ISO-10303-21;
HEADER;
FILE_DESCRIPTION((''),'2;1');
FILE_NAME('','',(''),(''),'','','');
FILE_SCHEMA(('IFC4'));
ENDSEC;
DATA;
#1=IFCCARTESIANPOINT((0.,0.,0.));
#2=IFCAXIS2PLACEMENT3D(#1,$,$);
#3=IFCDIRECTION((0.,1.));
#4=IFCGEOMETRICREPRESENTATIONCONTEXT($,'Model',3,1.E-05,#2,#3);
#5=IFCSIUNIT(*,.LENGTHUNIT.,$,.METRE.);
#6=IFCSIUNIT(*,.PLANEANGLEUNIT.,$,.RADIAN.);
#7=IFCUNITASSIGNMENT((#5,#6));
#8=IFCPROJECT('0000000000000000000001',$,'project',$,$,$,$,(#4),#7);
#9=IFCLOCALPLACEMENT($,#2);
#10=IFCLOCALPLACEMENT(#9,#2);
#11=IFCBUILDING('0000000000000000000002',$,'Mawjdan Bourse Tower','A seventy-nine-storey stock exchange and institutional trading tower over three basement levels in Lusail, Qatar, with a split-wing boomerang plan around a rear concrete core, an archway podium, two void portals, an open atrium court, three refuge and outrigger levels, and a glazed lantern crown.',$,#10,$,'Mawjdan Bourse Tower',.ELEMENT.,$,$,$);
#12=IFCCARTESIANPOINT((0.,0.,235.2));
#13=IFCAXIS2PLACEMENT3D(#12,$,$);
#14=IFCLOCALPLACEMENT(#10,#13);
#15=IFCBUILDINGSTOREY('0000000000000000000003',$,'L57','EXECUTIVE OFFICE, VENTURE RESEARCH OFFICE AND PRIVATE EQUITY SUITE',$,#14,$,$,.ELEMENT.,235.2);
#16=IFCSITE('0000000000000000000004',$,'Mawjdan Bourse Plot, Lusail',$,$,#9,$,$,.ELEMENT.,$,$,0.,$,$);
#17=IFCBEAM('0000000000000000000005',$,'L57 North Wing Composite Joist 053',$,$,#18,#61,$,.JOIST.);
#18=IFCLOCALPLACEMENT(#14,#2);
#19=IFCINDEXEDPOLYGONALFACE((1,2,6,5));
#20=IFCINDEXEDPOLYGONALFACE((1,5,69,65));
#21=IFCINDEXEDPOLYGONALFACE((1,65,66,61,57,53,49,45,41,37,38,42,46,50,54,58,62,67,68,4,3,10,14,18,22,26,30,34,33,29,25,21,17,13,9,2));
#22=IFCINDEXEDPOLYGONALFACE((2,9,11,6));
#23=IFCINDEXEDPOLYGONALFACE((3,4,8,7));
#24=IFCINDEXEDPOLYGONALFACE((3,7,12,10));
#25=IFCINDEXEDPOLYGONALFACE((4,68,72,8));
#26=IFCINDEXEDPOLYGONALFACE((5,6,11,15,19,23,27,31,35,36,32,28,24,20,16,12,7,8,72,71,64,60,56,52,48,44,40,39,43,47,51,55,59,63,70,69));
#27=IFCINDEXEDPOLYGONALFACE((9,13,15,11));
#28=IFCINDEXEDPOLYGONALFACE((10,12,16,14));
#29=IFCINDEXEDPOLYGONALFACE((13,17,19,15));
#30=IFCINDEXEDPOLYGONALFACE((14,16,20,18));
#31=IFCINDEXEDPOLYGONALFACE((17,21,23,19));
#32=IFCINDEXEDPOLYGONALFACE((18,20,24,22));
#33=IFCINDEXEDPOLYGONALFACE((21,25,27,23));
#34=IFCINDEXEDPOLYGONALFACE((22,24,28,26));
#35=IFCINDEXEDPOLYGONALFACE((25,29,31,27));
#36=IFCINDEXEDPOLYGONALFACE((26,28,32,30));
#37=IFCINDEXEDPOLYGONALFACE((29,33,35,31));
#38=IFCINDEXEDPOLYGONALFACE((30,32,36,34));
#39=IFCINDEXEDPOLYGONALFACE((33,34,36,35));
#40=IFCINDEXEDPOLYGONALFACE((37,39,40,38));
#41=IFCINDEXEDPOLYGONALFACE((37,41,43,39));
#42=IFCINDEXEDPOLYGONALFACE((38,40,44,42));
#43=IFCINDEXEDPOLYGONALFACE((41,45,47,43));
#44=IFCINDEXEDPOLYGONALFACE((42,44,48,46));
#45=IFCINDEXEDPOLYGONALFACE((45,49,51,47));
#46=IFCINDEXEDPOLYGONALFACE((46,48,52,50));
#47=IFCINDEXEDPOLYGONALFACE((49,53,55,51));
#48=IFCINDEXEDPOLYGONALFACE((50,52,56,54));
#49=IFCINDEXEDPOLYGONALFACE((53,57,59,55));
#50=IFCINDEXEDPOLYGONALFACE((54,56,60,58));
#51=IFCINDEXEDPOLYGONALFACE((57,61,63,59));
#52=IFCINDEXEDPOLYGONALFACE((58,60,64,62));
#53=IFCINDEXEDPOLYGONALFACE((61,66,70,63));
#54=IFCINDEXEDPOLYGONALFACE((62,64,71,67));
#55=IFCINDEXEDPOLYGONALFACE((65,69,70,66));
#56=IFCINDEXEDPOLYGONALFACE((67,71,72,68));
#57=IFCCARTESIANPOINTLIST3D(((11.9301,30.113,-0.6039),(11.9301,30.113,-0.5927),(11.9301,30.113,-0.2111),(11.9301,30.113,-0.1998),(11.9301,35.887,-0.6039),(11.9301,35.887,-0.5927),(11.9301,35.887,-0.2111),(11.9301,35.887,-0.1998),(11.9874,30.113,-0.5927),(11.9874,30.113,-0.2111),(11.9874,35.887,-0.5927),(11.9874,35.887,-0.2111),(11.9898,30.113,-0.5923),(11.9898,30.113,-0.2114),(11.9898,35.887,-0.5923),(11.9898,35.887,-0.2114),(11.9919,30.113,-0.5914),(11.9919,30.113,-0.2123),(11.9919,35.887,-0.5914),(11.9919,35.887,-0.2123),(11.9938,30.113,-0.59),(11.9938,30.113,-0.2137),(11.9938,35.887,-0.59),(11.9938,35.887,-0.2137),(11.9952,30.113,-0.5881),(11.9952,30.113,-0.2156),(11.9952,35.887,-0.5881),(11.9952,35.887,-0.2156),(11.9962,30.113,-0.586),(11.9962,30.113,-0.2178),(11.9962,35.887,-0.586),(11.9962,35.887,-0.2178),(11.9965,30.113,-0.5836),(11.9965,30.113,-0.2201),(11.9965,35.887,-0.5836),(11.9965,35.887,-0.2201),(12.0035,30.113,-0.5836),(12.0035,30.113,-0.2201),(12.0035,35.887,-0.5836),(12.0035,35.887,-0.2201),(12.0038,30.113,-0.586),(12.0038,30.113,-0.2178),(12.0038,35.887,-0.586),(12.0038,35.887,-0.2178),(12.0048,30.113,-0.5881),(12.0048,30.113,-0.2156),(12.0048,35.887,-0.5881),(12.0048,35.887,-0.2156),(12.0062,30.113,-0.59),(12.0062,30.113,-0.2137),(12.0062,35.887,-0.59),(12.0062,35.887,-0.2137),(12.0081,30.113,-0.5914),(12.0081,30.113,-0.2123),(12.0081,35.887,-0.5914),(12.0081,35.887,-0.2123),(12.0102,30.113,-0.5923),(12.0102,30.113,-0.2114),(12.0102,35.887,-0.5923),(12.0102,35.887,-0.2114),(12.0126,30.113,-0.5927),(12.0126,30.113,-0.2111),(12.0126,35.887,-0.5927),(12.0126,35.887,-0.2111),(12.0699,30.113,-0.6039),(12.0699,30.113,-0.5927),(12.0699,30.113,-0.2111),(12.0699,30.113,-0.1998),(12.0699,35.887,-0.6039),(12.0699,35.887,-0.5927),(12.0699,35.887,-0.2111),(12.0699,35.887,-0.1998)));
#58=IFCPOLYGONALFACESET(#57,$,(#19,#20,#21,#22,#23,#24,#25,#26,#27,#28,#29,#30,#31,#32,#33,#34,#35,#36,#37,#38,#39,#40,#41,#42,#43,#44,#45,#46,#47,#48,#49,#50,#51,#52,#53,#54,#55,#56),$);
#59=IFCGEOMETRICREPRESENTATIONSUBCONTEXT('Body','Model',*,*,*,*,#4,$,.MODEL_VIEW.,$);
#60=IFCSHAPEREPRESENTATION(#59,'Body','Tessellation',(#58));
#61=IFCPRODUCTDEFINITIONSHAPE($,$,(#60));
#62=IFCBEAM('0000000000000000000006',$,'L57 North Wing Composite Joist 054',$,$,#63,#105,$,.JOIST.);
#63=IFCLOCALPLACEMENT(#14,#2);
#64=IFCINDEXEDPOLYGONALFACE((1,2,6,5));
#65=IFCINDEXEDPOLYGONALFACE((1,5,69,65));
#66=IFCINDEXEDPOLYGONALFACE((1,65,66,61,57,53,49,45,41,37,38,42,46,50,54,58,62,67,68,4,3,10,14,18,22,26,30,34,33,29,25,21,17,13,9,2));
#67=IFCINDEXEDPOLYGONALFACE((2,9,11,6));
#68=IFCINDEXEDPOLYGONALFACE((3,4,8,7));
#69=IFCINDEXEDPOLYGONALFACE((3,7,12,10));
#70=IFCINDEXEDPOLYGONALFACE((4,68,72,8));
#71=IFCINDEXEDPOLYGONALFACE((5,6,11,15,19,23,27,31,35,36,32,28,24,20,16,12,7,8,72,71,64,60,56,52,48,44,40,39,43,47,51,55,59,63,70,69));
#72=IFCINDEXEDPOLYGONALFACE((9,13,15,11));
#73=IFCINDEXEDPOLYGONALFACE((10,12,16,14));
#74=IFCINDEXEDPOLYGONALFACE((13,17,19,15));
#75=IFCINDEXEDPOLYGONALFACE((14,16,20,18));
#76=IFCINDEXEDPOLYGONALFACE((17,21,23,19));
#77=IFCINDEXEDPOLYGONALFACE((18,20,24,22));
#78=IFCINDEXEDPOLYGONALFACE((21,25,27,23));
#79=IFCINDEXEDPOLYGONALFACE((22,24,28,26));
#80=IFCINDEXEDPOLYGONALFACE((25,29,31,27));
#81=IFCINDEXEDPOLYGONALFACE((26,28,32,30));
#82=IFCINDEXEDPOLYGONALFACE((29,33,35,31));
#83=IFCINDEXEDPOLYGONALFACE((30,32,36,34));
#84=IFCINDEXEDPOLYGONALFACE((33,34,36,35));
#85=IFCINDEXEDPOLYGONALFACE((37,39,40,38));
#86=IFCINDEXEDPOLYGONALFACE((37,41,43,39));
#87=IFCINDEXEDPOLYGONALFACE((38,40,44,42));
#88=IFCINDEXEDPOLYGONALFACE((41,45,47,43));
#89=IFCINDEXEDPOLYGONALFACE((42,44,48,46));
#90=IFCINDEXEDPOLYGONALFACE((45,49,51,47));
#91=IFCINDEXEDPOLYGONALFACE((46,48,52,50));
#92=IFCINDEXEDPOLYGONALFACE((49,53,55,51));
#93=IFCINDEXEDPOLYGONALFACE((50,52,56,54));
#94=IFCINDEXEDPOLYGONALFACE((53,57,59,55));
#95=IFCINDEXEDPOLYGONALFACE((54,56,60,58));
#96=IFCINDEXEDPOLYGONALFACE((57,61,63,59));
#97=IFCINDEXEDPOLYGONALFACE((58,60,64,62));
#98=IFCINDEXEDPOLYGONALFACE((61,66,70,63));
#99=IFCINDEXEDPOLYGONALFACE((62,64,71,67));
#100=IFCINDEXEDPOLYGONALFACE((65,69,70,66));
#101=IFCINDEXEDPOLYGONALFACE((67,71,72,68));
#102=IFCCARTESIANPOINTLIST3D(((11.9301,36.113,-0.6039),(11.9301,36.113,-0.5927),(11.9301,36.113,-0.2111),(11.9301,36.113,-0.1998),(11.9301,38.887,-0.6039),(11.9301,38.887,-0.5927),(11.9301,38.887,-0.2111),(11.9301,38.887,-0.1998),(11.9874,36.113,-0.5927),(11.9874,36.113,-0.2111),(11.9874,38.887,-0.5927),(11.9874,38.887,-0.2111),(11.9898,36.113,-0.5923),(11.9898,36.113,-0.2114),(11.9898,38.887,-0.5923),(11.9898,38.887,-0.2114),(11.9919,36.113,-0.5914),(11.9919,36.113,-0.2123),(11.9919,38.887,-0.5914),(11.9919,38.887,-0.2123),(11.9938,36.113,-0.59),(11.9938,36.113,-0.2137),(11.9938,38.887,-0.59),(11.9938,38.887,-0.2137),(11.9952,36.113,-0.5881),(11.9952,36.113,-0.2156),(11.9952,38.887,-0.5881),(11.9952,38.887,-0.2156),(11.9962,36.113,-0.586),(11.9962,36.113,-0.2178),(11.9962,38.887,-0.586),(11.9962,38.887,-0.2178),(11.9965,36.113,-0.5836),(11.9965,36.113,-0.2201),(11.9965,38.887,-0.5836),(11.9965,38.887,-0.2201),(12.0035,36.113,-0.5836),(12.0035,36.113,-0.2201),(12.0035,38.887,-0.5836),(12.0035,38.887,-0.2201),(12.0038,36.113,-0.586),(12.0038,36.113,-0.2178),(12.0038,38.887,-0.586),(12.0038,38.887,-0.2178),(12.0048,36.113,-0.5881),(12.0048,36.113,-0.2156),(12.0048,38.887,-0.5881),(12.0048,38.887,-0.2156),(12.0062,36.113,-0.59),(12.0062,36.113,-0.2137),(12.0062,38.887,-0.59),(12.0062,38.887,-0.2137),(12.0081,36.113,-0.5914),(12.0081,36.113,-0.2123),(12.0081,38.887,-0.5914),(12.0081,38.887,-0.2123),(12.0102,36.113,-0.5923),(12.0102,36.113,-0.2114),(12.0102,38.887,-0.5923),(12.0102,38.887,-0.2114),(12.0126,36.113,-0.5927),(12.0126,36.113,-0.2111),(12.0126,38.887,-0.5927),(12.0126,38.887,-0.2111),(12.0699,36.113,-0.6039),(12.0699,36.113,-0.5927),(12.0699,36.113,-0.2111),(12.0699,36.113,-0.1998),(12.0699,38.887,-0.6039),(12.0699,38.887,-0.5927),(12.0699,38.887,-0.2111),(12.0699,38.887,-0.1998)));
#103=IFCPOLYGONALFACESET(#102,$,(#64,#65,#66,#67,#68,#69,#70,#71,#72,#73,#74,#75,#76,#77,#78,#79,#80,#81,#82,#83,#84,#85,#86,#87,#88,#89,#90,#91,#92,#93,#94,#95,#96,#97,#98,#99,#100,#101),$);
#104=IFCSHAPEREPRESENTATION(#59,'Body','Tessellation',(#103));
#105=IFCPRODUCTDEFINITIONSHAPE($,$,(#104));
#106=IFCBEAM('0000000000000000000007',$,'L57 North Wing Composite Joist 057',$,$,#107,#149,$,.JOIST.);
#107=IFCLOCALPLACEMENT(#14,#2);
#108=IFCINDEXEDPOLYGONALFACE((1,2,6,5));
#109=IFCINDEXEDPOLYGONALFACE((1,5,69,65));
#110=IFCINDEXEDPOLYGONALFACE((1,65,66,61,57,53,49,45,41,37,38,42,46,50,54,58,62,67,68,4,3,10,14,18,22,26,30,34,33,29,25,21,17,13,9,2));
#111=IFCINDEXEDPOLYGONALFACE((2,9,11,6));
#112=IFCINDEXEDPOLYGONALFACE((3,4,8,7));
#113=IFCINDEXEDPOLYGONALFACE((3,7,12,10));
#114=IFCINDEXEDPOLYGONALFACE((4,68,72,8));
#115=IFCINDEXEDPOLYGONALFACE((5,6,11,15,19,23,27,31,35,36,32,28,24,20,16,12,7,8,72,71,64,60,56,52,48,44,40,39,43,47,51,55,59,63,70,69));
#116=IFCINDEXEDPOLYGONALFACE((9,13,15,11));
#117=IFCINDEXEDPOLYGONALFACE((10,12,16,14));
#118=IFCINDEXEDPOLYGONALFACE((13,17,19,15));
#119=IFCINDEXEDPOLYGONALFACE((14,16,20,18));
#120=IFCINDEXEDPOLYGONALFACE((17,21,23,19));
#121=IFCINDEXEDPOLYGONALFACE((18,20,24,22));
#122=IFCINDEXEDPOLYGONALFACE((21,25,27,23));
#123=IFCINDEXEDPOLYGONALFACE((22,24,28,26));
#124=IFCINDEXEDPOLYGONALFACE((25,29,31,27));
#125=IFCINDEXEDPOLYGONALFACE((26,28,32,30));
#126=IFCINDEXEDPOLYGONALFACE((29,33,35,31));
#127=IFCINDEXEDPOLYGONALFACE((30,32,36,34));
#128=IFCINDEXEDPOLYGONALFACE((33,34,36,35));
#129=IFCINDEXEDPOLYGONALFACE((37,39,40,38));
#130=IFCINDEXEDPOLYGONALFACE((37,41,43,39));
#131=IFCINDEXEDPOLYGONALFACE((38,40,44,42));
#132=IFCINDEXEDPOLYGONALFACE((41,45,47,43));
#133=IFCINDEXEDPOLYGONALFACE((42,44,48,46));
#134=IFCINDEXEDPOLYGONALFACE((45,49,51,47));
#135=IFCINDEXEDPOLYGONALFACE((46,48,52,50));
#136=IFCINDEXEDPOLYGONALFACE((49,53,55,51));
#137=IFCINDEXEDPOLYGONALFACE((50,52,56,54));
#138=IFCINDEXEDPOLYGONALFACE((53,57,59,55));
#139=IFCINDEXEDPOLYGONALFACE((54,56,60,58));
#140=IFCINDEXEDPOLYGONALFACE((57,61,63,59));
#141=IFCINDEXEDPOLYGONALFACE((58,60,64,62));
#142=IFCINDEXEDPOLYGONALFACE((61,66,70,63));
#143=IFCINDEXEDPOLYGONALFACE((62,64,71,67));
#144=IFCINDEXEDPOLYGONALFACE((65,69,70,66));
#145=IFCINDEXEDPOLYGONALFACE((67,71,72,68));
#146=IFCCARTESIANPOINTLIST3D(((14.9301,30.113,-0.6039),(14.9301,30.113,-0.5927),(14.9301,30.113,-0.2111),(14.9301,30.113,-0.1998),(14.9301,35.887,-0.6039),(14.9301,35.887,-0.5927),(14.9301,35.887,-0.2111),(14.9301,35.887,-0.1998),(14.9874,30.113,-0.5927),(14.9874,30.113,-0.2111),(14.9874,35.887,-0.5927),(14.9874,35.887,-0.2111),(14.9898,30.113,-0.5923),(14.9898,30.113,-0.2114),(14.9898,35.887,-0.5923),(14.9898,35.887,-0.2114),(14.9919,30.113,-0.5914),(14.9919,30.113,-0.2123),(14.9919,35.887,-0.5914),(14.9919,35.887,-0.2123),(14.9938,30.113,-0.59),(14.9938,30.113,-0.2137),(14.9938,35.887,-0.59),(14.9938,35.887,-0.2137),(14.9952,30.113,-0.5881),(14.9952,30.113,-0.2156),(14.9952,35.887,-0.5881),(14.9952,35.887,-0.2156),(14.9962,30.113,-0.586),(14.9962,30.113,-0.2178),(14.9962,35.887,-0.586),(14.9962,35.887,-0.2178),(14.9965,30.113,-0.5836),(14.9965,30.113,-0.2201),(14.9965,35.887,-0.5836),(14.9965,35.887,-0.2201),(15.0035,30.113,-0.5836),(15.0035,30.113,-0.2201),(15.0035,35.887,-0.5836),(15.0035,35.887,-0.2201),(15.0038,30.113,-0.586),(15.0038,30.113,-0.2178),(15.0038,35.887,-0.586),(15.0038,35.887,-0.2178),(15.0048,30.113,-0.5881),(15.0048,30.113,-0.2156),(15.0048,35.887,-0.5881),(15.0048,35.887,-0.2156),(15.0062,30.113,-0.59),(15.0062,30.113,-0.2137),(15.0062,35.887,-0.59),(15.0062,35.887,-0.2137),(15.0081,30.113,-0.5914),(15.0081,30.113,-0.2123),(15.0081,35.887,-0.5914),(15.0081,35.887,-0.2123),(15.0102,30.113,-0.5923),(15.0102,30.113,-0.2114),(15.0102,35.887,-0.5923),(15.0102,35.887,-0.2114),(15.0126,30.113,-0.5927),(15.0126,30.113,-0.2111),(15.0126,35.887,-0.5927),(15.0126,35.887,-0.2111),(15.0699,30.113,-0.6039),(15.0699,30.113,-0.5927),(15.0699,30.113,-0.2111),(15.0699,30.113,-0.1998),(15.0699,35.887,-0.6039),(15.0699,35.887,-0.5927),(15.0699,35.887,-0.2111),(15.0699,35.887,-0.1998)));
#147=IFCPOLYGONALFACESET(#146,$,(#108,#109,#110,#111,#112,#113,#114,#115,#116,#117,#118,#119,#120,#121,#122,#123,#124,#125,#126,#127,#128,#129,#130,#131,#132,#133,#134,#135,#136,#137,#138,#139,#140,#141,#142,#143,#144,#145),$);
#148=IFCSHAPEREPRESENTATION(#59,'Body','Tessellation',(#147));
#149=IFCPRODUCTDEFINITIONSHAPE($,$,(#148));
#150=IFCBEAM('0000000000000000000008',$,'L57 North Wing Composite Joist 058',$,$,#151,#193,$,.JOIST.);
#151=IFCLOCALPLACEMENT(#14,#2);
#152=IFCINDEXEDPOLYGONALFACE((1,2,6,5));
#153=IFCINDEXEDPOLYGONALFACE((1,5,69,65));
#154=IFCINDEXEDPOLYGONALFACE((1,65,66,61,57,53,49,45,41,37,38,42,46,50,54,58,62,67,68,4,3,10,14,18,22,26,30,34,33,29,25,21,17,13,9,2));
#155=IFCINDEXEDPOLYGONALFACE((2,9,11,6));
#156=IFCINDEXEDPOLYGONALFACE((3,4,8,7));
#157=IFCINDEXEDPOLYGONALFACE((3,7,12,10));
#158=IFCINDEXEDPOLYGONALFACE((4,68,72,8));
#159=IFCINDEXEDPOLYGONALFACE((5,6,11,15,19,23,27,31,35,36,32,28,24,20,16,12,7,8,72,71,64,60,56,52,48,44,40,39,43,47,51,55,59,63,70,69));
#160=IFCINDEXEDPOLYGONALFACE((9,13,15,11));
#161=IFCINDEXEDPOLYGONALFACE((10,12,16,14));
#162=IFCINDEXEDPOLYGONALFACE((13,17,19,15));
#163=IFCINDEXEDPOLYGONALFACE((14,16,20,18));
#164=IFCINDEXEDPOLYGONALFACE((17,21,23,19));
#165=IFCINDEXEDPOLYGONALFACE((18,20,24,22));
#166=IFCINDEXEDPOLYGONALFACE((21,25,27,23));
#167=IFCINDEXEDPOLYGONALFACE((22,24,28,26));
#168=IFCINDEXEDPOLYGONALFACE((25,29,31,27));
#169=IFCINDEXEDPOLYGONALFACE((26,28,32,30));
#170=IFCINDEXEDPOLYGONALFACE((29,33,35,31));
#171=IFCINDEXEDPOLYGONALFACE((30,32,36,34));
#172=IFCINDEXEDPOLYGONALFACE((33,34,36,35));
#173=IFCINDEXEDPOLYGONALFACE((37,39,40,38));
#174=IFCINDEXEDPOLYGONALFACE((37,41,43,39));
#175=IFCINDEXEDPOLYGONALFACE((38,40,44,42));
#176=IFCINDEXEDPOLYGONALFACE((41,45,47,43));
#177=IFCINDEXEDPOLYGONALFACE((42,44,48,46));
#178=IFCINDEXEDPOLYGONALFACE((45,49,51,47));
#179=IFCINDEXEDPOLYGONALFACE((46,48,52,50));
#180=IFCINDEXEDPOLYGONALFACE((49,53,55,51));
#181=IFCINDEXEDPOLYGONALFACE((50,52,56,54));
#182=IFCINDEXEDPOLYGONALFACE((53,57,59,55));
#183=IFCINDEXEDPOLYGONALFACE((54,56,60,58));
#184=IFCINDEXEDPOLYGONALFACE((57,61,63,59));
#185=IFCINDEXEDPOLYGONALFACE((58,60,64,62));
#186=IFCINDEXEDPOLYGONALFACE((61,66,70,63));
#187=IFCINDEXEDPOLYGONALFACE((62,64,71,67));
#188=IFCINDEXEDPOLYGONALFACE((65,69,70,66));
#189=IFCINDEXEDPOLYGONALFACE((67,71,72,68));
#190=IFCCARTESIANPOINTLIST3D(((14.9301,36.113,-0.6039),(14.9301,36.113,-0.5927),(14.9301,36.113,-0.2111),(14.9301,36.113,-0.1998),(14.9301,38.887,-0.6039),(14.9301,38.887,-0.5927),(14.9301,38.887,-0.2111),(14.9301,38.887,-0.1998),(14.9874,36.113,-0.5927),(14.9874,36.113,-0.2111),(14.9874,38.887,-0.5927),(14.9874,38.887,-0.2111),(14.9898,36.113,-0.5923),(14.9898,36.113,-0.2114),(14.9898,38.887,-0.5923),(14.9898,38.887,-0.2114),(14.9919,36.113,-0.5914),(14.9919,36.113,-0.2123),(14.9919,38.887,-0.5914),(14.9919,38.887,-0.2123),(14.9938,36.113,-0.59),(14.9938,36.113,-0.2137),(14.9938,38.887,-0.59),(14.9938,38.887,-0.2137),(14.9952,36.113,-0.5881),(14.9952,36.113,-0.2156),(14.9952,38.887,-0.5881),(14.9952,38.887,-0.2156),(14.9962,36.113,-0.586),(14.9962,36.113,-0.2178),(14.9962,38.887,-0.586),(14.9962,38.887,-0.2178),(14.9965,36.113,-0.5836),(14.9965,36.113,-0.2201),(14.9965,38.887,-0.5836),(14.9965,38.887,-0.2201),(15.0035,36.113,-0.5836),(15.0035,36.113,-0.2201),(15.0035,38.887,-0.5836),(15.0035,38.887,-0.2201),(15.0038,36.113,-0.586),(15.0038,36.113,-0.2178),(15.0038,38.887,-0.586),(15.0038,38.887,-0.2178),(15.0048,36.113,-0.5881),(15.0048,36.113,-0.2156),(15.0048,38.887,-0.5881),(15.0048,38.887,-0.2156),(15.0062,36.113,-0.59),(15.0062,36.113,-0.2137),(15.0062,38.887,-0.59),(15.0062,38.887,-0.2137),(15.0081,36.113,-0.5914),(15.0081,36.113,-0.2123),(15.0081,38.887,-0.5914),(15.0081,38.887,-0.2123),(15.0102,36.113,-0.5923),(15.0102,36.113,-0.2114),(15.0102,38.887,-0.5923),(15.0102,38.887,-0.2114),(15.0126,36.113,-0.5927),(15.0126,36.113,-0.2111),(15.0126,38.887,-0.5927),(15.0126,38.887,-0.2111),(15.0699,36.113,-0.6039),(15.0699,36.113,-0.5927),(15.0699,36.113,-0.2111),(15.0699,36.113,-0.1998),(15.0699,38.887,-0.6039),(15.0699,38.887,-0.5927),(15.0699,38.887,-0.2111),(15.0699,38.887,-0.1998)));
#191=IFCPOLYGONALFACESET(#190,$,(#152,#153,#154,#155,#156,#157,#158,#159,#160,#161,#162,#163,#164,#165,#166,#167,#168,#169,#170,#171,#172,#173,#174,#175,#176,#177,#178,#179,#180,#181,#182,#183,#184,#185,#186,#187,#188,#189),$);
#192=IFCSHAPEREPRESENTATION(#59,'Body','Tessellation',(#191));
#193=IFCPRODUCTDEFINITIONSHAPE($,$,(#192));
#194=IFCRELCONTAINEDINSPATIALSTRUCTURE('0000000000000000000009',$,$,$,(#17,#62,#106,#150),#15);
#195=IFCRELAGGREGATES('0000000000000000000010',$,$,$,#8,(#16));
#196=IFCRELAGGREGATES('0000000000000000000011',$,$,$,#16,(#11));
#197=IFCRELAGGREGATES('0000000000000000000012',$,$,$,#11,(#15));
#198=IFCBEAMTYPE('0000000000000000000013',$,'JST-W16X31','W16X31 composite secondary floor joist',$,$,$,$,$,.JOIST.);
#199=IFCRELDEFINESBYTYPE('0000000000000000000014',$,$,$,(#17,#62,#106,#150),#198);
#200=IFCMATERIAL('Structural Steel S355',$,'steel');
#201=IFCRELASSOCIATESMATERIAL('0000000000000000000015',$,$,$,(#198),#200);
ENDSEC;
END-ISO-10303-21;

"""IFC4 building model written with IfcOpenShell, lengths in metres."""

from ifc_helpers import new_model, si_unit, direction, frame, origin, origin_2d, place, context, subcontext, project, spatial, i_section, extrude, material, material_profile, profile_set, type_object, element, save


model = new_model("IFC4")

# Units and contexts
model_context = context("Model", 3, precision=1e-05, world=origin(), true_north=direction((0.0, 1.0)))
body_context = subcontext(model_context, "Body", "Model", "MODEL_VIEW")
ifc_project = project(units=[si_unit("LENGTHUNIT", "METRE"), si_unit("PLANEANGLEUNIT", "RADIAN")], contexts=[model_context])

# Site, building, storey
site_placement = place(None, origin())
site = spatial("IfcSite", under=ifc_project, at=site_placement, Name="Mawjdan Bourse Plot, Lusail", CompositionType="ELEMENT", RefElevation=0.0)
building_placement = place(site_placement, origin())
building = spatial("IfcBuilding", under=site, at=building_placement, Name="Mawjdan Bourse Tower", Description="A seventy-nine-storey stock exchange and institutional trading tower over three basement levels in Lusail, Qatar, with a split-wing boomerang plan around a rear concrete core, an archway podium, two void portals, an open atrium court, three refuge and outrigger levels, and a glazed lantern crown.", LongName="Mawjdan Bourse Tower", CompositionType="ELEMENT")
storey_placement = place(building_placement, frame((0.0, 0.0, 235.2)))
storey = spatial("IfcBuildingStorey", under=building, at=storey_placement, Name="L57", Description="EXECUTIVE OFFICE, VENTURE RESEARCH OFFICE AND PRIVATE EQUITY SUITE", CompositionType="ELEMENT", Elevation=235.2)

# Beams
ifc_material_1 = material(Name="Structural Steel S355", Category="steel")
ifc_material_profile_1 = material_profile(ifc_material_1, i_section(OverallWidth=0.1399, OverallDepth=0.4041, WebThickness=0.0071, FlangeThickness=0.0112, FilletRadius=0.009, at=origin_2d()), Name="W16X31")
ifc_profile_set_1 = profile_set([ifc_material_profile_1], Name="Structural Steel S355")
beam_type_1 = type_object("IfcBeamType", Name="JST-W16X31", Description="W16X31 composite secondary floor joist", PredefinedType="JOIST", material=ifc_profile_set_1)
beam_1_placement = place(storey_placement, frame((12.0, 30.113, -0.4019), z_axis=(0.0, 1.0, 0.0), x_axis=(-1.0, 0.0, 0.0)))
element("IfcBeam", 1, at=beam_1_placement, inside=storey, type_object=beam_type_1, Name="L57 North Wing Composite Joist 053", PredefinedType="JOIST", context=body_context, shape_type="SweptSolid", body=[
    extrude(i_section(OverallWidth=0.1399, OverallDepth=0.4041, WebThickness=0.0071, FlangeThickness=0.0112, FilletRadius=0.009, at=origin_2d()), origin(), (0.0, 0.0, 1.0), 5.7739),
])
beam_2_placement = place(storey_placement, frame((12.0, 36.113, -0.4019), z_axis=(0.0, 1.0, 0.0), x_axis=(-1.0, 0.0, 0.0)))
element("IfcBeam", 2, at=beam_2_placement, inside=storey, type_object=beam_type_1, Name="L57 North Wing Composite Joist 054", PredefinedType="JOIST", context=body_context, shape_type="SweptSolid", body=[
    extrude(i_section(OverallWidth=0.1399, OverallDepth=0.4041, WebThickness=0.0071, FlangeThickness=0.0112, FilletRadius=0.009, at=origin_2d()), origin(), (0.0, 0.0, 1.0), 2.7739),
])
beam_3_placement = place(storey_placement, frame((15.0, 30.113, -0.4019), z_axis=(0.0, 1.0, 0.0), x_axis=(-1.0, 0.0, 0.0)))
element("IfcBeam", 3, at=beam_3_placement, inside=storey, type_object=beam_type_1, Name="L57 North Wing Composite Joist 057", PredefinedType="JOIST", context=body_context, shape_type="SweptSolid", body=[
    extrude(i_section(OverallWidth=0.1399, OverallDepth=0.4041, WebThickness=0.0071, FlangeThickness=0.0112, FilletRadius=0.009, at=origin_2d()), origin(), (0.0, 0.0, 1.0), 5.7739),
])
beam_4_placement = place(storey_placement, frame((15.0, 36.113, -0.4019), z_axis=(0.0, 1.0, 0.0), x_axis=(-1.0, 0.0, 0.0)))
element("IfcBeam", 4, at=beam_4_placement, inside=storey, type_object=beam_type_1, Name="L57 North Wing Composite Joist 058", PredefinedType="JOIST", context=body_context, shape_type="SweptSolid", body=[
    extrude(i_section(OverallWidth=0.1399, OverallDepth=0.4041, WebThickness=0.0071, FlangeThickness=0.0112, FilletRadius=0.009, at=origin_2d()), origin(), (0.0, 0.0, 1.0), 2.7739),
])

save(model, "model.ifc")
